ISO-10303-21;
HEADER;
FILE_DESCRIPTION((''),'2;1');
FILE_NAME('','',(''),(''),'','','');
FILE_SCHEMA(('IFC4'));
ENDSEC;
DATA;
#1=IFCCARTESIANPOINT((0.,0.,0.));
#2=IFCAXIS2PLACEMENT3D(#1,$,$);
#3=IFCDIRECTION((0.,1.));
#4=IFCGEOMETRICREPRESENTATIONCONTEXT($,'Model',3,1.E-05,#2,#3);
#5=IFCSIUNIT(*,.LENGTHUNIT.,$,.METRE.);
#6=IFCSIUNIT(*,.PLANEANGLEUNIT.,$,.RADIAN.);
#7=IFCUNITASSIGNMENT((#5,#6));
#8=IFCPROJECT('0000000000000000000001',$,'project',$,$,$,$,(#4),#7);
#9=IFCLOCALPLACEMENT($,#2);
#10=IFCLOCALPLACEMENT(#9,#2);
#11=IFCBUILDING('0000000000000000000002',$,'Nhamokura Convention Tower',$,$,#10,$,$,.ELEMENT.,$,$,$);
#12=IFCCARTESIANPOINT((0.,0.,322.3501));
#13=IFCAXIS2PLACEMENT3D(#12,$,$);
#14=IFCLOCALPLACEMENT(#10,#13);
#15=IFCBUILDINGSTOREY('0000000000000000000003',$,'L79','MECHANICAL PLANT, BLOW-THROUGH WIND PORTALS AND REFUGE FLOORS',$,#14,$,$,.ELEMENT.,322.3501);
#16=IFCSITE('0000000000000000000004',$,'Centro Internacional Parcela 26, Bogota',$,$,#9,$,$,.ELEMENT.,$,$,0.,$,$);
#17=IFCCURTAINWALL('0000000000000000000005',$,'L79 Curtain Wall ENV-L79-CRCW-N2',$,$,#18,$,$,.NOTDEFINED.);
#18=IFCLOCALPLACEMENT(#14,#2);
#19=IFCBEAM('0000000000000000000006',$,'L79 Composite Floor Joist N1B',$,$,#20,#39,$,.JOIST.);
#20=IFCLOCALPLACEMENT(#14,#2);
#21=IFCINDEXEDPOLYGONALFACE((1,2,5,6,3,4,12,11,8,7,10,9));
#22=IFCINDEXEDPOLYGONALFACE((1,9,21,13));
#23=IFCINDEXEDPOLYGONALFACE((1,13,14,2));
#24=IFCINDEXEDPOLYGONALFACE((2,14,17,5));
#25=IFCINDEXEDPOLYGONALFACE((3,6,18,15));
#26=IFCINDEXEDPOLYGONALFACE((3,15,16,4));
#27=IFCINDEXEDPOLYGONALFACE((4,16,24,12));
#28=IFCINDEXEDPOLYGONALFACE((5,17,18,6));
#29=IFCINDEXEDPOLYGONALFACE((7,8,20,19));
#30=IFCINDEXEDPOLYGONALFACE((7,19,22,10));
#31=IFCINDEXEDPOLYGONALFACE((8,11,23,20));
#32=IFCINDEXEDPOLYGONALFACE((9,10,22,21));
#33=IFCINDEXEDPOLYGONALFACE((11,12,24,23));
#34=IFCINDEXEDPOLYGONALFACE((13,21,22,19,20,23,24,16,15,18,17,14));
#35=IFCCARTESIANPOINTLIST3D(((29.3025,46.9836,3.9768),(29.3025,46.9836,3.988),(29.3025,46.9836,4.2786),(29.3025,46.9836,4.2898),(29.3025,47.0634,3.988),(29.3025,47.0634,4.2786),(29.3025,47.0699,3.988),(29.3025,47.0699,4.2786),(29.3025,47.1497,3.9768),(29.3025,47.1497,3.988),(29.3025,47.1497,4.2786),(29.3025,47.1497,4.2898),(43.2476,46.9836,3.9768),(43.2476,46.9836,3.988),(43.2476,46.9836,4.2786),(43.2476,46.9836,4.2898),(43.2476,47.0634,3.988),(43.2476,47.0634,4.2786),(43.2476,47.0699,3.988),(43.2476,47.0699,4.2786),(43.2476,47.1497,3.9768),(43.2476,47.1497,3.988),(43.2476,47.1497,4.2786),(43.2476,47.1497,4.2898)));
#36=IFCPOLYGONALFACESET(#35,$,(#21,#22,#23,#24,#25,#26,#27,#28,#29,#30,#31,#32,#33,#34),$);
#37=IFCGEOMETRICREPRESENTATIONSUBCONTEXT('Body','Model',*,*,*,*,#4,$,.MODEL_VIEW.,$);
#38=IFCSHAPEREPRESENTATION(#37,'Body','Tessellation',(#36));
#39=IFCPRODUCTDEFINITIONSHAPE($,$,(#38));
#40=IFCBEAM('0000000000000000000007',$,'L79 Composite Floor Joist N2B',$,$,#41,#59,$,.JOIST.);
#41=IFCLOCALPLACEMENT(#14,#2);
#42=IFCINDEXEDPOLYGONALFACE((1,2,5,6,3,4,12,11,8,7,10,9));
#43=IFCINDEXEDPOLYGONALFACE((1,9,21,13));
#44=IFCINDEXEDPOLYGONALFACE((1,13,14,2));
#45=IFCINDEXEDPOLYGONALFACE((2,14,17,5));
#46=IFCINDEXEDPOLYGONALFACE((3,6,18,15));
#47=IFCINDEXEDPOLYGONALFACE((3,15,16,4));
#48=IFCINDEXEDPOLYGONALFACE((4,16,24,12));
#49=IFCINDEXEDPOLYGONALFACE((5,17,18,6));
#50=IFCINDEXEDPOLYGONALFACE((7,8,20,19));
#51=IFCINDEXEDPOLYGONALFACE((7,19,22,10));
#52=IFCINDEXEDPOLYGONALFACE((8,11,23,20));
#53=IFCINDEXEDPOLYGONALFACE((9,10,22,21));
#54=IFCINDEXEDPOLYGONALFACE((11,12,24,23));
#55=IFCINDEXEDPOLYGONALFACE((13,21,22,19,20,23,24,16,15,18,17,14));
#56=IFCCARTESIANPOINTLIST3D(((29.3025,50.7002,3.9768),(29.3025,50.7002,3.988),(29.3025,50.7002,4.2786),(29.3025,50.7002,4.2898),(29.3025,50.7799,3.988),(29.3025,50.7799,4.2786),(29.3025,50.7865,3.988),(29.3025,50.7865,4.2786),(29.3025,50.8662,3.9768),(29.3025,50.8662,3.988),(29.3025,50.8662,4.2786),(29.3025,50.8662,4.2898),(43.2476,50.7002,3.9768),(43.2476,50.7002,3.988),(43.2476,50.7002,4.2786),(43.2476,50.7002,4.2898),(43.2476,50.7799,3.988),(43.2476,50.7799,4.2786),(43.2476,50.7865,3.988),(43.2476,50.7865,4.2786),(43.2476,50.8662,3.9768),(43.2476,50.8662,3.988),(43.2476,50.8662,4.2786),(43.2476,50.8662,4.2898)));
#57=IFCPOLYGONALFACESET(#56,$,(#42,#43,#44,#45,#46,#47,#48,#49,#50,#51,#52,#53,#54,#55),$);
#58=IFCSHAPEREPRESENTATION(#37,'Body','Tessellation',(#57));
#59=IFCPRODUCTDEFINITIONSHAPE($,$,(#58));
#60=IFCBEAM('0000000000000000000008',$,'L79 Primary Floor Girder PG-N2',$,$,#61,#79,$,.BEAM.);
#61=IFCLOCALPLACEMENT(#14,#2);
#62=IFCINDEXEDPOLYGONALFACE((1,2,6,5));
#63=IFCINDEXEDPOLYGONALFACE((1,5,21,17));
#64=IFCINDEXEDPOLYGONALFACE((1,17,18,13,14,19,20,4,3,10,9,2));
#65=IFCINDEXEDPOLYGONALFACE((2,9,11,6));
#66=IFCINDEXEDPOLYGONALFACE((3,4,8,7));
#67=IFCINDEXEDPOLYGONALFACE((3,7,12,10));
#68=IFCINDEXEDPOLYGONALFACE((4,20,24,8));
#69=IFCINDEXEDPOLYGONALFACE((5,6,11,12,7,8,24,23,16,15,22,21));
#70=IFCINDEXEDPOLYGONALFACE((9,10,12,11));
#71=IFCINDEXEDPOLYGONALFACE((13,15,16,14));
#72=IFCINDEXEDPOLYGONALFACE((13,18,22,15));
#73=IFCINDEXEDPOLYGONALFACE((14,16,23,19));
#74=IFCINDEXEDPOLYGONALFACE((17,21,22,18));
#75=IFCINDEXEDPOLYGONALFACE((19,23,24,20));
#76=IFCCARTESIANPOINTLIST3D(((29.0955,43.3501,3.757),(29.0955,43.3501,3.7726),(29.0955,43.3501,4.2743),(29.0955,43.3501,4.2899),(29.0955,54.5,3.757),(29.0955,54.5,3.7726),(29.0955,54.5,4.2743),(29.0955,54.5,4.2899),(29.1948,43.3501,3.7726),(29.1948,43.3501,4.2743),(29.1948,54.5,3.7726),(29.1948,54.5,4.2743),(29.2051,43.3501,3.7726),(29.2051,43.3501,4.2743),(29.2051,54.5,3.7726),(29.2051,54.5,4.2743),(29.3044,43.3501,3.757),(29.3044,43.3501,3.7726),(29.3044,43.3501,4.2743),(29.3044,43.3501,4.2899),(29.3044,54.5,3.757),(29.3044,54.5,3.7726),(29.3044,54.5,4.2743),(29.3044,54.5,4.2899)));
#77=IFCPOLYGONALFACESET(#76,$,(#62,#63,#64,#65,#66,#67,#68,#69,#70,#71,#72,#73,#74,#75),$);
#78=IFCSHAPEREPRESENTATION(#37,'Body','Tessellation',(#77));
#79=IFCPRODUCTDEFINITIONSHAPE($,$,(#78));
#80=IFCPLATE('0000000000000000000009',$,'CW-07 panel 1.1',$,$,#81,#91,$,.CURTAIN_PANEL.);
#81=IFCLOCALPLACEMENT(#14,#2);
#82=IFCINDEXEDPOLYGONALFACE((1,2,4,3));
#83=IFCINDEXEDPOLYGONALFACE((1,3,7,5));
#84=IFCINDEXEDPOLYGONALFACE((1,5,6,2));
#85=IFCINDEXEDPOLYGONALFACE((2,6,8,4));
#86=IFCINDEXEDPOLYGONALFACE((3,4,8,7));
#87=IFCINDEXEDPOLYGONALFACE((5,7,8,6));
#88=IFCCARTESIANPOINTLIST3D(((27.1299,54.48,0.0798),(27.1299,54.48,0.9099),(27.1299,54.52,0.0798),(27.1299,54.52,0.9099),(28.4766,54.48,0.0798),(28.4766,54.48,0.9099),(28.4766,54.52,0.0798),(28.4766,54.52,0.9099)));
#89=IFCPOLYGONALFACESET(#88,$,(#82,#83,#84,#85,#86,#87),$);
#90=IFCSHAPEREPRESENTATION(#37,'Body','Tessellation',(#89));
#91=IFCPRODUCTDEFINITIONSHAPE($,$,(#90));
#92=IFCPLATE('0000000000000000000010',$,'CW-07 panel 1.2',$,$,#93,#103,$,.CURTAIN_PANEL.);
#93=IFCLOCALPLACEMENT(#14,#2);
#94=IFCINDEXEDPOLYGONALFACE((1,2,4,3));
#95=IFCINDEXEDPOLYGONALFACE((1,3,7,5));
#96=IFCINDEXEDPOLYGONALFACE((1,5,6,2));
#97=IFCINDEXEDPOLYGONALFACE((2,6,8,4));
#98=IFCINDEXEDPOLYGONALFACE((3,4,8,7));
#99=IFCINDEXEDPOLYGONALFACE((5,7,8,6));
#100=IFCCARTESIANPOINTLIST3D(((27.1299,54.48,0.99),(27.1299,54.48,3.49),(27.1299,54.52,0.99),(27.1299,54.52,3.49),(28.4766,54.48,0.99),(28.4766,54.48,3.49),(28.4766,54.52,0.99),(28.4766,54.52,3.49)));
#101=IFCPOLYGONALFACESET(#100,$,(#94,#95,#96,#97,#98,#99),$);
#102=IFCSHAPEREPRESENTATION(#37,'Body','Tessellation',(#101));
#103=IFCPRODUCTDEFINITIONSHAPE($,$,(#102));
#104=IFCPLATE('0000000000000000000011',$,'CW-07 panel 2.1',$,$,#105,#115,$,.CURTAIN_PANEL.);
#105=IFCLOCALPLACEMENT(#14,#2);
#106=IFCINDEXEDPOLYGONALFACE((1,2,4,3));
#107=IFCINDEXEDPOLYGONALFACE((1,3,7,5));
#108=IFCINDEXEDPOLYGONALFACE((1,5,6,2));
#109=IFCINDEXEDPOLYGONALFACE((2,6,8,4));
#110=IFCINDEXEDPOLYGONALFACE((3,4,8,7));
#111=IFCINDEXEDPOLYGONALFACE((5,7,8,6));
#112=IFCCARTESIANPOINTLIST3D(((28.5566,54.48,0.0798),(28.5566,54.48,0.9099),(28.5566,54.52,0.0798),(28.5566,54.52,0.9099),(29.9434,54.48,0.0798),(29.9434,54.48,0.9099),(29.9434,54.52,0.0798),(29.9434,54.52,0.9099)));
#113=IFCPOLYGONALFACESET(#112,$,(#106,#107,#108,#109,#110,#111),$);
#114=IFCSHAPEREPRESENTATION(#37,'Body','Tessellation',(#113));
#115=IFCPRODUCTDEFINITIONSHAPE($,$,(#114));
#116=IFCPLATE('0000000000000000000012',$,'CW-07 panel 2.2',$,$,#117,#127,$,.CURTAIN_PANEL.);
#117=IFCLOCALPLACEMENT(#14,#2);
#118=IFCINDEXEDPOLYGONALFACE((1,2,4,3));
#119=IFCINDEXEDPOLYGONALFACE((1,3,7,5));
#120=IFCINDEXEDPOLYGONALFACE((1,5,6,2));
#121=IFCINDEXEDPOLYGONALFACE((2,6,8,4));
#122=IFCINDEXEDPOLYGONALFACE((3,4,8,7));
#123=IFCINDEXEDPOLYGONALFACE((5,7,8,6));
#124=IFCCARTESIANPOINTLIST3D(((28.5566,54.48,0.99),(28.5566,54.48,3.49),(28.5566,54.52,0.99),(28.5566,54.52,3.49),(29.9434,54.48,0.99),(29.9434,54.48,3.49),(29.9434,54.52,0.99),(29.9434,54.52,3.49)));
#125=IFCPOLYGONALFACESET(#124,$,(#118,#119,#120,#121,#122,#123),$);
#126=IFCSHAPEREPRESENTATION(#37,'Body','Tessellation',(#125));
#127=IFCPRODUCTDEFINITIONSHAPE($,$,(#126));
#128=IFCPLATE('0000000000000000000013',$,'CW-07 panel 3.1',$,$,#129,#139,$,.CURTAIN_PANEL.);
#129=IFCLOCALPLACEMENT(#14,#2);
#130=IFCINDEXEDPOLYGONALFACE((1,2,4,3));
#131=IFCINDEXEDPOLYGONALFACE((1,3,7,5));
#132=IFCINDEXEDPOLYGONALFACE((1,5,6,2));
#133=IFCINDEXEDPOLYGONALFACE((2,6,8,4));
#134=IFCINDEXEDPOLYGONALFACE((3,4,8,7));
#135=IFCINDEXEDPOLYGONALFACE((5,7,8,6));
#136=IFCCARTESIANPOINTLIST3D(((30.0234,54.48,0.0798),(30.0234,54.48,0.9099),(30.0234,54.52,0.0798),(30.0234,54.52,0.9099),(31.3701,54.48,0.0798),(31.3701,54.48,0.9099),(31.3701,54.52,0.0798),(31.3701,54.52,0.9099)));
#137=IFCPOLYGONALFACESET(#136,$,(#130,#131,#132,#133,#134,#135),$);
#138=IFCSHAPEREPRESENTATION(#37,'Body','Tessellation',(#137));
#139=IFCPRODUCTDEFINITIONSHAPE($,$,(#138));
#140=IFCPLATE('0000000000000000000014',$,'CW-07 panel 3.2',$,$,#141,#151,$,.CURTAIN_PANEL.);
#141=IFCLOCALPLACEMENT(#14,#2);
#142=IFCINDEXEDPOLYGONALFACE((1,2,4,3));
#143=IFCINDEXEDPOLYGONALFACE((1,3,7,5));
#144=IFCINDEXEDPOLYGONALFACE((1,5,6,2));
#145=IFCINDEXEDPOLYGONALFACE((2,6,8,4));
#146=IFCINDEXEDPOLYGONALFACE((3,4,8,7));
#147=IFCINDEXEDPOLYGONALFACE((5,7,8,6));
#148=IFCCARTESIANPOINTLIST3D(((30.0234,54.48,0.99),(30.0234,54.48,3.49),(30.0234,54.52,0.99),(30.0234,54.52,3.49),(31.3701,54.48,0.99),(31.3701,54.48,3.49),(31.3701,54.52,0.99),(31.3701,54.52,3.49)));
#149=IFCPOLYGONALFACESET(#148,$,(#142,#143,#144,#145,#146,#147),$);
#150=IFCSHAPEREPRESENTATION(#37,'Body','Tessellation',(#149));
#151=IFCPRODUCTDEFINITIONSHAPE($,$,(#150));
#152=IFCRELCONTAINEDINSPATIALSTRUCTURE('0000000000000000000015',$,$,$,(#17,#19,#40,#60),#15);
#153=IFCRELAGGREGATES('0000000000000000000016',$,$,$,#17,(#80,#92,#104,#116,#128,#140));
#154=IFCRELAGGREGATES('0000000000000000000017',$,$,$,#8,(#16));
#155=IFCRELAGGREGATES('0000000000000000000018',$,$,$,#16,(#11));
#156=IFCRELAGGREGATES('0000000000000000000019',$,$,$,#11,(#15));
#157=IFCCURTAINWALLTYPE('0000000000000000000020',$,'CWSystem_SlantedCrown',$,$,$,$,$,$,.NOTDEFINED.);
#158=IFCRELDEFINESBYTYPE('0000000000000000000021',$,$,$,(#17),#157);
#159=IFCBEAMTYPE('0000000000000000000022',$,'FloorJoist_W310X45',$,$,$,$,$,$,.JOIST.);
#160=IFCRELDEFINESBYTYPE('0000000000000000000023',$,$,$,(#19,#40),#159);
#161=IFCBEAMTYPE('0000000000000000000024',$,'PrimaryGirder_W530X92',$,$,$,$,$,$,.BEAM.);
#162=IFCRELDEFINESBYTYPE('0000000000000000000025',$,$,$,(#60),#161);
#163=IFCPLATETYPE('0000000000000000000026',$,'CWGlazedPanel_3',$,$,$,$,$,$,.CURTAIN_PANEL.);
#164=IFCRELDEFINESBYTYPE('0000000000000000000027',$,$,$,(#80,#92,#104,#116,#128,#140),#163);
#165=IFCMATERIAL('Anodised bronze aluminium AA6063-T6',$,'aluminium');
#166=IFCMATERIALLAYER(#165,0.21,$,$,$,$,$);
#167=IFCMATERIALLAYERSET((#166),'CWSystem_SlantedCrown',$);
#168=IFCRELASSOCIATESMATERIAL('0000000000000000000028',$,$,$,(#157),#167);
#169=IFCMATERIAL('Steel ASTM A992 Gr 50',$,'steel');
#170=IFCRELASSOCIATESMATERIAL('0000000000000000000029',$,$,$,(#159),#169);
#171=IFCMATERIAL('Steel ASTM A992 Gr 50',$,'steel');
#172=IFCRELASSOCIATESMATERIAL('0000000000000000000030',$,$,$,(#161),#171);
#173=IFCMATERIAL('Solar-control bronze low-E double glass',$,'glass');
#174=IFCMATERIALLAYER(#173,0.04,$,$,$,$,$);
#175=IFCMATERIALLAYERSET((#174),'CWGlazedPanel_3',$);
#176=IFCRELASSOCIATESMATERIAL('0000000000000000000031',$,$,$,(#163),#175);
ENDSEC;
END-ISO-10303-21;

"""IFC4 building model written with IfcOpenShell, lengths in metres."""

from ifc_helpers import new_model, si_unit, direction, frame, origin, origin_2d, place, context, subcontext, project, spatial, rectangle, i_section, extrude, material, layer, layer_set, material_profile, profile_set, type_object, element, aggregate, save


model = new_model("IFC4")

# Units and contexts
model_context = context("Model", 3, precision=1e-05, world=origin(), true_north=direction((0.0, 1.0)))
body_context = subcontext(model_context, "Body", "Model", "MODEL_VIEW")
ifc_project = project(units=[si_unit("LENGTHUNIT", "METRE"), si_unit("PLANEANGLEUNIT", "RADIAN")], contexts=[model_context])

# Site, building, storey
site_placement = place(None, origin())
site = spatial("IfcSite", under=ifc_project, at=site_placement, Name="Centro Internacional Parcela 26, Bogota", CompositionType="ELEMENT", RefElevation=0.0)
building_placement = place(site_placement, origin())
building = spatial("IfcBuilding", under=site, at=building_placement, Name="Nhamokura Convention Tower", CompositionType="ELEMENT")
storey_placement = place(building_placement, frame((0.0, 0.0, 322.3501)))
storey = spatial("IfcBuildingStorey", under=building, at=storey_placement, Name="L79", Description="MECHANICAL PLANT, BLOW-THROUGH WIND PORTALS AND REFUGE FLOORS", CompositionType="ELEMENT", Elevation=322.3501)

# Curtain wall
ifc_material_1 = material(Name="Anodised bronze aluminium AA6063-T6", Category="aluminium")
ifc_layer_1 = layer(ifc_material_1, 0.21)
ifc_layer_set_1 = layer_set([ifc_layer_1], Name="CWSystem_SlantedCrown")
curtain_wall_type = type_object("IfcCurtainWallType", Name="CWSystem_SlantedCrown", PredefinedType="NOTDEFINED", material=ifc_layer_set_1)
curtain_wall_placement = place(storey_placement, origin())
curtain_wall = element("IfcCurtainWall", 1, at=curtain_wall_placement, inside=storey, type_object=curtain_wall_type, Name="L79 Curtain Wall ENV-L79-CRCW-N2", PredefinedType="NOTDEFINED")

# Beams
ifc_material_2 = material(Name="Steel ASTM A992 Gr 50", Category="steel")
ifc_material_profile_1 = material_profile(ifc_material_2, i_section(OverallWidth=0.166, OverallDepth=0.313, WebThickness=0.0066, FlangeThickness=0.0112, at=origin_2d()))
ifc_profile_set_1 = profile_set([ifc_material_profile_1], Name="Steel ASTM A992 Gr 50")
beam_type_1 = type_object("IfcBeamType", Name="FloorJoist_W310X45", PredefinedType="JOIST", material=ifc_profile_set_1)
for number, where, z_axis, x_axis, name in (
    (2, (29.3025, 47.0667, 4.1333), (1.0, 0.0, 0.0), (0.0, 1.0, 0.0), "L79 Composite Floor Joist N1B"),
    (3, (29.3025, 50.7832, 4.1333), (1.0, 0.0, 0.0), (0.0, 1.0, 0.0), "L79 Composite Floor Joist N2B"),
):
    element("IfcBeam", number, at=place(storey_placement, frame(where, z_axis=z_axis, x_axis=x_axis)), inside=storey, type_object=beam_type_1, Name=name, PredefinedType="JOIST", context=body_context, shape_type="SweptSolid", body=[
        extrude(i_section(OverallWidth=0.166, OverallDepth=0.313, WebThickness=0.0066, FlangeThickness=0.0112, at=origin_2d()), origin(), (0.0, 0.0, 1.0), 13.9451),
    ])
ifc_material_3 = material(Name="Steel ASTM A992 Gr 50", Category="steel")
ifc_material_profile_2 = material_profile(ifc_material_3, i_section(OverallWidth=0.209, OverallDepth=0.533, WebThickness=0.0103, FlangeThickness=0.0156, at=origin_2d()))
ifc_profile_set_2 = profile_set([ifc_material_profile_2], Name="Steel ASTM A992 Gr 50")
beam_type_2 = type_object("IfcBeamType", Name="PrimaryGirder_W530X92", PredefinedType="BEAM", material=ifc_profile_set_2)
beam_placement = place(storey_placement, frame((29.2, 43.3501, 4.0234), z_axis=(0.0, 1.0, 0.0), x_axis=(-1.0, 0.0, 0.0)))
element("IfcBeam", 4, at=beam_placement, inside=storey, type_object=beam_type_2, Name="L79 Primary Floor Girder PG-N2", PredefinedType="BEAM", context=body_context, shape_type="SweptSolid", body=[
    extrude(i_section(OverallWidth=0.209, OverallDepth=0.533, WebThickness=0.0103, FlangeThickness=0.0156, at=origin_2d()), origin(), (0.0, 0.0, 1.0), 11.1499),
])

# Plates
ifc_material_4 = material(Name="Solar-control bronze low-E double glass", Category="glass")
ifc_layer_2 = layer(ifc_material_4, 0.04)
ifc_layer_set_2 = layer_set([ifc_layer_2], Name="CWGlazedPanel_3")
plate_type = type_object("IfcPlateType", Name="CWGlazedPanel_3", PredefinedType="CURTAIN_PANEL", material=ifc_layer_set_2)
plate_1_placement = place(storey_placement, frame((27.8032, 54.5, 0.0798), z_axis=(0.0, 0.0, 1.0), x_axis=(1.0, 0.0, 0.0)))
plate_1 = element("IfcPlate", 5, at=plate_1_placement, type_object=plate_type, Name="CW-07 panel 1.1", PredefinedType="CURTAIN_PANEL", context=body_context, shape_type="SweptSolid", body=[
    extrude(rectangle(XDim=1.3467, YDim=0.04, at=origin_2d()), origin(), (0.0, 0.0, 1.0), 0.8301),
])
plate_2_placement = place(storey_placement, frame((27.8032, 54.5, 0.99), z_axis=(0.0, 0.0, 1.0), x_axis=(1.0, 0.0, 0.0)))
plate_2 = element("IfcPlate", 6, at=plate_2_placement, type_object=plate_type, Name="CW-07 panel 1.2", PredefinedType="CURTAIN_PANEL", context=body_context, shape_type="SweptSolid", body=[
    extrude(rectangle(XDim=1.3467, YDim=0.04, at=origin_2d()), origin(), (0.0, 0.0, 1.0), 2.5),
])
plate_3_placement = place(storey_placement, frame((29.25, 54.5, 0.0798), z_axis=(0.0, 0.0, 1.0), x_axis=(1.0, 0.0, 0.0)))
plate_3 = element("IfcPlate", 7, at=plate_3_placement, type_object=plate_type, Name="CW-07 panel 2.1", PredefinedType="CURTAIN_PANEL", context=body_context, shape_type="SweptSolid", body=[
    extrude(rectangle(XDim=1.3867, YDim=0.04, at=origin_2d()), origin(), (0.0, 0.0, 1.0), 0.8301),
])
plate_4_placement = place(storey_placement, frame((29.25, 54.5, 0.99), z_axis=(0.0, 0.0, 1.0), x_axis=(1.0, 0.0, 0.0)))
plate_4 = element("IfcPlate", 8, at=plate_4_placement, type_object=plate_type, Name="CW-07 panel 2.2", PredefinedType="CURTAIN_PANEL", context=body_context, shape_type="SweptSolid", body=[
    extrude(rectangle(XDim=1.3867, YDim=0.04, at=origin_2d()), origin(), (0.0, 0.0, 1.0), 2.5),
])
plate_5_placement = place(storey_placement, frame((30.6968, 54.5, 0.0798), z_axis=(0.0, 0.0, 1.0), x_axis=(1.0, 0.0, 0.0)))
plate_5 = element("IfcPlate", 9, at=plate_5_placement, type_object=plate_type, Name="CW-07 panel 3.1", PredefinedType="CURTAIN_PANEL", context=body_context, shape_type="SweptSolid", body=[
    extrude(rectangle(XDim=1.3467, YDim=0.04, at=origin_2d()), origin(), (0.0, 0.0, 1.0), 0.8301),
])
plate_6_placement = place(storey_placement, frame((30.6968, 54.5, 0.99), z_axis=(0.0, 0.0, 1.0), x_axis=(1.0, 0.0, 0.0)))
plate_6 = element("IfcPlate", 10, at=plate_6_placement, type_object=plate_type, Name="CW-07 panel 3.2", PredefinedType="CURTAIN_PANEL", context=body_context, shape_type="SweptSolid", body=[
    extrude(rectangle(XDim=1.3467, YDim=0.04, at=origin_2d()), origin(), (0.0, 0.0, 1.0), 2.5),
])
aggregate(curtain_wall, [plate_1, plate_2, plate_3, plate_4, plate_5, plate_6])

save(model, "model.ifc")
